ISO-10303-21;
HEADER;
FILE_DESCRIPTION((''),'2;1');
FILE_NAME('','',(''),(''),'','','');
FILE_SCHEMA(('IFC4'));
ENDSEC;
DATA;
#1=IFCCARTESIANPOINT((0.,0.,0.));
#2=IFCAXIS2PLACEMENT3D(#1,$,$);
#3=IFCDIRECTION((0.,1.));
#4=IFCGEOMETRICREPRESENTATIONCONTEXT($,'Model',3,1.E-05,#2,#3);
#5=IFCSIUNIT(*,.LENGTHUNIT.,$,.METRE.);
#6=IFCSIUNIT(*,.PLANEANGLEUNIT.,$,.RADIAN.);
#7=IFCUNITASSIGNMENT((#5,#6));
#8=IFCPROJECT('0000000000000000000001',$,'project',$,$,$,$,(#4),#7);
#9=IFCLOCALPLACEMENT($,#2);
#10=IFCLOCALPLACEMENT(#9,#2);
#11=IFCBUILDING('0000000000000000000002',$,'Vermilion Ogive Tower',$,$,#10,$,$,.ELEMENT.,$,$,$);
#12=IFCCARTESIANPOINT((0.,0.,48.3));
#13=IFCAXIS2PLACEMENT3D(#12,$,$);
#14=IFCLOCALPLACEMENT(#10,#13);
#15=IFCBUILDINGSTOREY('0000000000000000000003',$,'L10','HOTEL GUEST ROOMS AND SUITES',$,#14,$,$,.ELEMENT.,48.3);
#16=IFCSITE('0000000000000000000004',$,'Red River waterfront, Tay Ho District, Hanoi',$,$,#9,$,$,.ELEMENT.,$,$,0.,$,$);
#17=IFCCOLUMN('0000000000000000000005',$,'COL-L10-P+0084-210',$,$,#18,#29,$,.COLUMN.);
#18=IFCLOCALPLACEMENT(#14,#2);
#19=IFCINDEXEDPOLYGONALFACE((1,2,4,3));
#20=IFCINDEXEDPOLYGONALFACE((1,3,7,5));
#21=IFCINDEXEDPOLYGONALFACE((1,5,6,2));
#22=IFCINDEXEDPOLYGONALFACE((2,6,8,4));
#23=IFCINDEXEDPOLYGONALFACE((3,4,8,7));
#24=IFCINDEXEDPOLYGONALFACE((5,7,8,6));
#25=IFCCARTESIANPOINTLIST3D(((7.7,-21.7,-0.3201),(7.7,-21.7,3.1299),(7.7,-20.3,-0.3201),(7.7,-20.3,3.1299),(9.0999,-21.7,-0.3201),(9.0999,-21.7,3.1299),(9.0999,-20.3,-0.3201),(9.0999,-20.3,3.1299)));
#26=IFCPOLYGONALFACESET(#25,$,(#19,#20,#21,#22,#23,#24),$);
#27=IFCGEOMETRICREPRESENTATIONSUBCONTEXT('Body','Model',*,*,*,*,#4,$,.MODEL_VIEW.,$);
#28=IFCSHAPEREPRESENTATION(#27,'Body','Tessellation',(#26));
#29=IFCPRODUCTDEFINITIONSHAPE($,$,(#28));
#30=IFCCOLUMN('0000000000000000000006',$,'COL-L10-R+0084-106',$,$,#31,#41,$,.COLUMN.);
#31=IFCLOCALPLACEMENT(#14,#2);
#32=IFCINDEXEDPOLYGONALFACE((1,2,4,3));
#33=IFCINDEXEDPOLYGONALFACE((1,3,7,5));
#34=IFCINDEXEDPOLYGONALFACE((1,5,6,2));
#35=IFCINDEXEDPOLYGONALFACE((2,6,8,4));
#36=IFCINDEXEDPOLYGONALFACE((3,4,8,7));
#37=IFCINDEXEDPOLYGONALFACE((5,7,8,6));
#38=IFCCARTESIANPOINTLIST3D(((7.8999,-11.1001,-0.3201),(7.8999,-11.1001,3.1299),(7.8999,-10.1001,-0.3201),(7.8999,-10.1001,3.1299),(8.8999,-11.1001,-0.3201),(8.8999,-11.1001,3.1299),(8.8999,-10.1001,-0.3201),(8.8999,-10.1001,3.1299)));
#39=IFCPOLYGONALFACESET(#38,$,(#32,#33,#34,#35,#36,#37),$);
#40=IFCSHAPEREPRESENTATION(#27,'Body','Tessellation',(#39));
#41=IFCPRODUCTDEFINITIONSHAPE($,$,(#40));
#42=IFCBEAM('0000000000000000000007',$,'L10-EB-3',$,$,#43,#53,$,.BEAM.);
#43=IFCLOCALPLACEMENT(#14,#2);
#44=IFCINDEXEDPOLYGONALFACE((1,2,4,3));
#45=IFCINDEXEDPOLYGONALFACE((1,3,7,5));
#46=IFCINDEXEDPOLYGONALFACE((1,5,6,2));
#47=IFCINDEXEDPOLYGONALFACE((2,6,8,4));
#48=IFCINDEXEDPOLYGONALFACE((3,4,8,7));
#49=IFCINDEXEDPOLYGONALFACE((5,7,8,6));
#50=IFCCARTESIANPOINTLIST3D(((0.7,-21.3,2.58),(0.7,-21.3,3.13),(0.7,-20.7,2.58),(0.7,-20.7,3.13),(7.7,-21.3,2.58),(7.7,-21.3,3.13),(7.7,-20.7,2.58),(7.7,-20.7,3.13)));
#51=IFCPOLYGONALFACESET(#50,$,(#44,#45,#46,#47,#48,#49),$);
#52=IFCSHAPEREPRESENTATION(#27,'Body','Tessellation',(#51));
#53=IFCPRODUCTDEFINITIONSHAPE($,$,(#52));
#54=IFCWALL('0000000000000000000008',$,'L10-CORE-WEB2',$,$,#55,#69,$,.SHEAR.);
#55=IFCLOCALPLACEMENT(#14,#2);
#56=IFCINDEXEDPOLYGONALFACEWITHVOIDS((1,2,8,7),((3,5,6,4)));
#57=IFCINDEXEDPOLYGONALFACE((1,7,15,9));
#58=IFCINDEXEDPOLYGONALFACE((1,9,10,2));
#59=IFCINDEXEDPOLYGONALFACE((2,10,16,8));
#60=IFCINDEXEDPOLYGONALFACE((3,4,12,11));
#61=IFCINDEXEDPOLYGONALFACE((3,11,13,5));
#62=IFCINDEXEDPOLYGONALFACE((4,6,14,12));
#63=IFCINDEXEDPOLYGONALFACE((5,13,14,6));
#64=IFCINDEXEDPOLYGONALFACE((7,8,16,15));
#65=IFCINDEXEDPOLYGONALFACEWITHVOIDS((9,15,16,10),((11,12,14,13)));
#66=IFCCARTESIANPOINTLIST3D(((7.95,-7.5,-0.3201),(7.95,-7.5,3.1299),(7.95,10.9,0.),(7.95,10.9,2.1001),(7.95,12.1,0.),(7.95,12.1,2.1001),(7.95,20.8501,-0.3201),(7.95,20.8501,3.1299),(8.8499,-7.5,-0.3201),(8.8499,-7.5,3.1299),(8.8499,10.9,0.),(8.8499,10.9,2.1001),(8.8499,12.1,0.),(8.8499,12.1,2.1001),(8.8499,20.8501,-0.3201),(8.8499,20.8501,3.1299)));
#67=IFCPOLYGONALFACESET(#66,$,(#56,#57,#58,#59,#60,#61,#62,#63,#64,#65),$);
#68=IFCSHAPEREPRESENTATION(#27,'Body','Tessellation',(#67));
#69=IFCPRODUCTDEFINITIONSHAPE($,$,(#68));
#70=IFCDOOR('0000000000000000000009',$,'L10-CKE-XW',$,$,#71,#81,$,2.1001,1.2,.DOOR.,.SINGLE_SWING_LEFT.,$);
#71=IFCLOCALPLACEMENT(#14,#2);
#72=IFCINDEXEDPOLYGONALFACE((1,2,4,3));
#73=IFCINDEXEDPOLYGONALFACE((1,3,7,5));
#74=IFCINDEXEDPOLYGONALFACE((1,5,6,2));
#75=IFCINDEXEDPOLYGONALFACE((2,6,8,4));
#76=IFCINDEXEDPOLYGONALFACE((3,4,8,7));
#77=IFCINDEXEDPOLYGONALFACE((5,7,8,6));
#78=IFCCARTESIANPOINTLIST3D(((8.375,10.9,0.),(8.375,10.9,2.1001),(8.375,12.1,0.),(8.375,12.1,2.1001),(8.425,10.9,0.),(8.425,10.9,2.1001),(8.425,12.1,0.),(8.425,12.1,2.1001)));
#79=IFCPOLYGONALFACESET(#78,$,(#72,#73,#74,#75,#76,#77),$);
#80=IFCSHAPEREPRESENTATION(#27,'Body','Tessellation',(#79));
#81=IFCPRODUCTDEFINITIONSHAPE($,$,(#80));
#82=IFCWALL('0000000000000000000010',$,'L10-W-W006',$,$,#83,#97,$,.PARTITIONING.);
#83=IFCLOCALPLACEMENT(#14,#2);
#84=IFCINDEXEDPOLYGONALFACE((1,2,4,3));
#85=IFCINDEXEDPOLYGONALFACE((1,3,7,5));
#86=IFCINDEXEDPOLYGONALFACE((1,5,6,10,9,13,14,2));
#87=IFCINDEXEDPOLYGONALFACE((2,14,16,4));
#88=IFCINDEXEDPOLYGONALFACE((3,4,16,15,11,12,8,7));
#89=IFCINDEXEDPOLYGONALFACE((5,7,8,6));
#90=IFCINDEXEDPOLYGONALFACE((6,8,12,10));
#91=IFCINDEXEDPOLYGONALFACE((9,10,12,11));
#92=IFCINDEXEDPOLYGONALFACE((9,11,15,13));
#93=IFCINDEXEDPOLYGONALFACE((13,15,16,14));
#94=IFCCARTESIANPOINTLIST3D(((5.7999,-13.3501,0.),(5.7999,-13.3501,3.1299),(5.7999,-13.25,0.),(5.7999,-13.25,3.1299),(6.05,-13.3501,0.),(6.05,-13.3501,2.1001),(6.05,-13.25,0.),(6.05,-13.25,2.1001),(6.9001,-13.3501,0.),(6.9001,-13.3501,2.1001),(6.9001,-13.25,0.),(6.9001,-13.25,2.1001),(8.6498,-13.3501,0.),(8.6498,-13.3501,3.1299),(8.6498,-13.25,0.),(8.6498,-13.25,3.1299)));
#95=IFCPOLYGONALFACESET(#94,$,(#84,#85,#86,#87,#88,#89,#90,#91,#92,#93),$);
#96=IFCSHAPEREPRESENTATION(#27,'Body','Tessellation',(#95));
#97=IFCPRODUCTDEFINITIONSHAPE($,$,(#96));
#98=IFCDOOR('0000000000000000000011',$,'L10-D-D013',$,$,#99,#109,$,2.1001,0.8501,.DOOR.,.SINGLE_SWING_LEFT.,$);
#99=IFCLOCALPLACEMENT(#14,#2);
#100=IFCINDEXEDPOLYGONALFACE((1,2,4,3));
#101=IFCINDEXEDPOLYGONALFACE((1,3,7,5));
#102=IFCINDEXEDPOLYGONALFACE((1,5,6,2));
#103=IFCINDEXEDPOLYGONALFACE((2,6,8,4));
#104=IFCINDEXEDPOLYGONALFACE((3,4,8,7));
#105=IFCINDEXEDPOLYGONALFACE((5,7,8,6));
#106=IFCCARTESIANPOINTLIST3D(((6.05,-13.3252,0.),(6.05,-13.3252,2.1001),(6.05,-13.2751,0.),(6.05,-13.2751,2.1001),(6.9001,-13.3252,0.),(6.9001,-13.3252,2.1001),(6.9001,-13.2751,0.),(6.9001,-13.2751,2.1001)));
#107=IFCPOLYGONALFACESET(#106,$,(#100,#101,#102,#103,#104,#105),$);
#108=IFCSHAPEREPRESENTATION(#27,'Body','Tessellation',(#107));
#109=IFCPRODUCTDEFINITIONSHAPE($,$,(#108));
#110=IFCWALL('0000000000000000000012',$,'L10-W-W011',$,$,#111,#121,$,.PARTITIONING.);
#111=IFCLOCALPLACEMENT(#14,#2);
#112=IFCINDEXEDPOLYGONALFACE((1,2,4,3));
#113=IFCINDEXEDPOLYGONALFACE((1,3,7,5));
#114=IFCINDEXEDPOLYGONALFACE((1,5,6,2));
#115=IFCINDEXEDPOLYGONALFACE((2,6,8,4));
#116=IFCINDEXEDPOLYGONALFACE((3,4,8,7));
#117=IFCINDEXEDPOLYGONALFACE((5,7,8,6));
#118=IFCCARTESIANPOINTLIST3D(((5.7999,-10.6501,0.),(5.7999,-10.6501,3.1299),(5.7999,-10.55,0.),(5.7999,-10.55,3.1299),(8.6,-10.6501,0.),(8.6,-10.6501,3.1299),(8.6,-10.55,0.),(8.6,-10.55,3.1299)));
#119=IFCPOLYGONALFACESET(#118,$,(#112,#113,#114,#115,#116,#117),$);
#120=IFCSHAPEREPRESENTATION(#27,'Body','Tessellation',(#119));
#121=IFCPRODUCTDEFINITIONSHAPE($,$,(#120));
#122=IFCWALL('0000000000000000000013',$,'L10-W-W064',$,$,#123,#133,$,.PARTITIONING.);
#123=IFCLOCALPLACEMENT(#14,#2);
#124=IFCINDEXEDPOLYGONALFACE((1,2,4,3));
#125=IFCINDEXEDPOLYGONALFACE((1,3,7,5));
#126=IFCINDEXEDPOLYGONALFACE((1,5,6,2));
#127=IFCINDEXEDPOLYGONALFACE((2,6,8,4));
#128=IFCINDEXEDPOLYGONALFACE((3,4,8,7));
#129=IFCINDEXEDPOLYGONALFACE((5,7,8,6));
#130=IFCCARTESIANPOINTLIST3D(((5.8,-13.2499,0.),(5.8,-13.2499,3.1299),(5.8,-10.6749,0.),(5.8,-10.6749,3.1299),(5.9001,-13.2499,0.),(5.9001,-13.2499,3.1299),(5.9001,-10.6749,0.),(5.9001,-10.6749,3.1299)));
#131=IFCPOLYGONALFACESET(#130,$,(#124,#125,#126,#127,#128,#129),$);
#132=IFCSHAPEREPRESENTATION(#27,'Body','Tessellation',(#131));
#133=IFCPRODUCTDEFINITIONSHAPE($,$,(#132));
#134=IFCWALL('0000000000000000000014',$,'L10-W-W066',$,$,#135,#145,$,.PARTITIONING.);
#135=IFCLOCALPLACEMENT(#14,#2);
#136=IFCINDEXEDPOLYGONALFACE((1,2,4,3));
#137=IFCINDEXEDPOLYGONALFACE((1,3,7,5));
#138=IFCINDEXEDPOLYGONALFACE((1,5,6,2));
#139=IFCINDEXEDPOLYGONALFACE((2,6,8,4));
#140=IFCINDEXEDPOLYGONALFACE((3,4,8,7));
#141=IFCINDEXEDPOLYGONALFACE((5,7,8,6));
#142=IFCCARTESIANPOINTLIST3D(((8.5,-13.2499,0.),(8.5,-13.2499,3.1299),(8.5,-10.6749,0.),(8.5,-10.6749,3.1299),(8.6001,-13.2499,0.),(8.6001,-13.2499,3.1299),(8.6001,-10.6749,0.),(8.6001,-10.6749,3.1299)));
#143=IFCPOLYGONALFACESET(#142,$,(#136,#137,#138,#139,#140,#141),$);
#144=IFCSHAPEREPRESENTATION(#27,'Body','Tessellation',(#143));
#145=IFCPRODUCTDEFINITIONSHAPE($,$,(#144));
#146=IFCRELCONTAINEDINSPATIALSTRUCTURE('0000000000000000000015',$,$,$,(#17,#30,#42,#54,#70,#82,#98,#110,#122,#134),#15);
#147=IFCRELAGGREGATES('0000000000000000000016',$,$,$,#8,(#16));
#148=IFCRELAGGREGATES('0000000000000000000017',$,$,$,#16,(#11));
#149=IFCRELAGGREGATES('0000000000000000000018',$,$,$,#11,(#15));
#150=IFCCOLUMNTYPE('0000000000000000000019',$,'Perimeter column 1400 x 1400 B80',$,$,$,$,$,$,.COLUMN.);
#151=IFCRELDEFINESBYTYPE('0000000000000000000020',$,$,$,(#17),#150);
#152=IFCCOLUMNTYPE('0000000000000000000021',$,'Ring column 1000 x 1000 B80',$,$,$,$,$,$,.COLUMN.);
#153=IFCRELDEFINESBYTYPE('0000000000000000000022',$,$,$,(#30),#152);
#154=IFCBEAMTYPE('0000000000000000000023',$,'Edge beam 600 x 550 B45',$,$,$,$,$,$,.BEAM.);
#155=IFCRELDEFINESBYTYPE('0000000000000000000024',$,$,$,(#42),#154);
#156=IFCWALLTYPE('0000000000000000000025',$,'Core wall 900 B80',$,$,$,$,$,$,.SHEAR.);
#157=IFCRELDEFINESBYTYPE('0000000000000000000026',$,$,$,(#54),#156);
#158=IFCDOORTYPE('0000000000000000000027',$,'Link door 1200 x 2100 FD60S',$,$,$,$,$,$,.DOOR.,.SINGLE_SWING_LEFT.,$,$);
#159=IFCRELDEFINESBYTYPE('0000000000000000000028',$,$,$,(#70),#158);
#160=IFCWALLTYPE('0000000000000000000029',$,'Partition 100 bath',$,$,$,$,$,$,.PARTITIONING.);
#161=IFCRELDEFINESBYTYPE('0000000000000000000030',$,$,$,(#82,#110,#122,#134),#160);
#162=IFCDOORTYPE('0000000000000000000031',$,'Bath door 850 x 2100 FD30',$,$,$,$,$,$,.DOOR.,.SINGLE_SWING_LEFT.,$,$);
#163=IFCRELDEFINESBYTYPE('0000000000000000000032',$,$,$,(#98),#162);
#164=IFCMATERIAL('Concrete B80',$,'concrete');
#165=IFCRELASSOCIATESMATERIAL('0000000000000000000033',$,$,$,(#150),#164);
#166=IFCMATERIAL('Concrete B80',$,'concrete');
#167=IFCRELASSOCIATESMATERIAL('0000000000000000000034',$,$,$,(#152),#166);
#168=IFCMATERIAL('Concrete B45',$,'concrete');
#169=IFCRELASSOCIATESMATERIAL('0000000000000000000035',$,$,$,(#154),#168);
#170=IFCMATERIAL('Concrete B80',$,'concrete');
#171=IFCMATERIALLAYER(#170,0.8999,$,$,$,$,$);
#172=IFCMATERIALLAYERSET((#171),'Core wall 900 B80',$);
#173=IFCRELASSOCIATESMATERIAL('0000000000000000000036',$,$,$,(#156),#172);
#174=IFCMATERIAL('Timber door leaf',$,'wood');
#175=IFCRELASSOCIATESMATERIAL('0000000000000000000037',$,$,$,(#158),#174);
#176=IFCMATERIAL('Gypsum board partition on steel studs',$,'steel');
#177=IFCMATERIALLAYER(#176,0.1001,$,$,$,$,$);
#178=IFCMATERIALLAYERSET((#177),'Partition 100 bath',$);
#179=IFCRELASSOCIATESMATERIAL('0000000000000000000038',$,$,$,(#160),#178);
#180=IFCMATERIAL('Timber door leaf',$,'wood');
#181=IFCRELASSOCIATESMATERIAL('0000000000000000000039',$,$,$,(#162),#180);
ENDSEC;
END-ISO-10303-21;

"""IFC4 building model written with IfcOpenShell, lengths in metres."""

from ifc_helpers import new_model, si_unit, direction, frame, frame_2d, origin, origin_2d, place, context, subcontext, project, spatial, rectangle, extrude, material, layer, layer_set, material_profile, profile_set, type_object, element, fill, save


model = new_model("IFC4")

# Units and contexts
model_context = context("Model", 3, precision=1e-05, world=origin(), true_north=direction((0.0, 1.0)))
body_context = subcontext(model_context, "Body", "Model", "MODEL_VIEW")
ifc_project = project(units=[si_unit("LENGTHUNIT", "METRE"), si_unit("PLANEANGLEUNIT", "RADIAN")], contexts=[model_context])

# Site, building, storey
site_placement = place(None, origin())
site = spatial("IfcSite", under=ifc_project, at=site_placement, Name="Red River waterfront, Tay Ho District, Hanoi", CompositionType="ELEMENT", RefElevation=0.0)
building_placement = place(site_placement, origin())
building = spatial("IfcBuilding", under=site, at=building_placement, Name="Vermilion Ogive Tower", CompositionType="ELEMENT")
storey_placement = place(building_placement, frame((0.0, 0.0, 48.3)))
storey = spatial("IfcBuildingStorey", under=building, at=storey_placement, Name="L10", Description="HOTEL GUEST ROOMS AND SUITES", CompositionType="ELEMENT", Elevation=48.3)

# Columns
ifc_material_1 = material(Name="Concrete B80", Category="concrete")
ifc_material_profile_1 = material_profile(ifc_material_1, rectangle(XDim=1.3999, YDim=1.3999, at=origin_2d()), Name="1400 x 1400")
ifc_profile_set_1 = profile_set([ifc_material_profile_1], Name="Concrete B80")
column_type_1 = type_object("IfcColumnType", Name="Perimeter column 1400 x 1400 B80", PredefinedType="COLUMN", material=ifc_profile_set_1)
column_1_placement = place(storey_placement, frame((8.3999, -21.0, -0.3201), z_axis=(0.0, 0.0, 1.0), x_axis=(1.0, 0.0, 0.0)))
element("IfcColumn", 1, at=column_1_placement, inside=storey, type_object=column_type_1, Name="COL-L10-P+0084-210", PredefinedType="COLUMN", context=body_context, shape_type="SweptSolid", body=[
    extrude(rectangle(XDim=1.3999, YDim=1.3999, at=origin_2d()), origin(), (0.0, 0.0, 1.0), 3.45),
])
ifc_material_2 = material(Name="Concrete B80", Category="concrete")
ifc_material_profile_2 = material_profile(ifc_material_2, rectangle(XDim=1.0, YDim=1.0, at=origin_2d()), Name="1000 x 1000")
ifc_profile_set_2 = profile_set([ifc_material_profile_2], Name="Concrete B80")
column_type_2 = type_object("IfcColumnType", Name="Ring column 1000 x 1000 B80", PredefinedType="COLUMN", material=ifc_profile_set_2)
column_2_placement = place(storey_placement, frame((8.3999, -10.6001, -0.3201), z_axis=(0.0, 0.0, 1.0), x_axis=(1.0, 0.0, 0.0)))
element("IfcColumn", 2, at=column_2_placement, inside=storey, type_object=column_type_2, Name="COL-L10-R+0084-106", PredefinedType="COLUMN", context=body_context, shape_type="SweptSolid", body=[
    extrude(rectangle(XDim=1.0, YDim=1.0, at=origin_2d()), origin(), (0.0, 0.0, 1.0), 3.45),
])

# Beam
ifc_material_3 = material(Name="Concrete B45", Category="concrete")
ifc_material_profile_3 = material_profile(ifc_material_3, rectangle(XDim=0.6001, YDim=0.55, at=origin_2d()), Name="600 x 550")
ifc_profile_set_3 = profile_set([ifc_material_profile_3], Name="Concrete B45")
beam_type = type_object("IfcBeamType", Name="Edge beam 600 x 550 B45", PredefinedType="BEAM", material=ifc_profile_set_3)
beam_placement = place(storey_placement, frame((0.7, -21.0, 2.855), z_axis=(1.0, 0.0, 0.0), x_axis=(0.0, 1.0, 0.0)))
element("IfcBeam", 3, at=beam_placement, inside=storey, type_object=beam_type, Name="L10-EB-3", PredefinedType="BEAM", context=body_context, shape_type="SweptSolid", body=[
    extrude(rectangle(XDim=0.6001, YDim=0.55, at=origin_2d()), origin(), (0.0, 0.0, 1.0), 7.0),
])

# Walls, openings, doors
ifc_material_4 = material(Name="Concrete B80", Category="concrete")
ifc_layer_1 = layer(ifc_material_4, 0.8999)
ifc_layer_set_1 = layer_set([ifc_layer_1], Name="Core wall 900 B80")
wall_type_1 = type_object("IfcWallType", Name="Core wall 900 B80", PredefinedType="SHEAR", material=ifc_layer_set_1)
wall_1_placement = place(storey_placement, frame((8.3999, -7.5, -0.3201), z_axis=(0.0, 0.0, 1.0), x_axis=(0.0, 1.0, 0.0)))
wall_1 = element("IfcWall", 4, at=wall_1_placement, inside=storey, type_object=wall_type_1, Name="L10-CORE-WEB2", PredefinedType="SHEAR", context=body_context, shape_type="SweptSolid", body=[
    extrude(rectangle(XDim=28.3501, YDim=0.8999, at=frame_2d((14.175, 0.0))), origin(), (0.0, 0.0, 1.0), 3.45),
])
opening_1_placement = place(wall_1_placement, frame((18.3999, 0.0, 0.3201)))
opening_1 = element("IfcOpeningElement", 5, at=opening_1_placement, cuts=wall_1, PredefinedType="OPENING", context=body_context, shape_type="SweptSolid", body=[
    extrude(rectangle(XDim=1.2, YDim=2.1001, at=frame_2d((0.6001, 1.05))), frame((0.0, 0.46, 0.0), z_axis=(0.0, -1.0, 0.0), x_axis=(1.0, 0.0, 0.0)), (0.0, 0.0, 1.0), 0.9199),
])
ifc_material_5 = material(Name="Timber door leaf", Category="wood")
door_type_1 = type_object("IfcDoorType", Name="Link door 1200 x 2100 FD60S", OperationType="SINGLE_SWING_LEFT", PredefinedType="DOOR", material=ifc_material_5)
door_1_placement = place(opening_1_placement, origin())
door_1 = element("IfcDoor", 6, at=door_1_placement, inside=storey, type_object=door_type_1, Name="L10-CKE-XW", OperationType="SINGLE_SWING_LEFT", OverallHeight=2.1001, OverallWidth=1.2, PredefinedType="DOOR", context=body_context, shape_type="SweptSolid", body=[
    extrude(rectangle(XDim=1.2, YDim=2.1001, at=frame_2d((0.6001, 1.05))), frame((0.0, 0.0249, 0.0), z_axis=(0.0, -1.0, 0.0), x_axis=(1.0, 0.0, 0.0)), (0.0, 0.0, 1.0), 0.05),
])
fill(opening_1, door_1)
ifc_material_6 = material(Name="Gypsum board partition on steel studs", Category="steel")
ifc_layer_2 = layer(ifc_material_6, 0.1001)
ifc_layer_set_2 = layer_set([ifc_layer_2], Name="Partition 100 bath")
wall_type_2 = type_object("IfcWallType", Name="Partition 100 bath", PredefinedType="PARTITIONING", material=ifc_layer_set_2)
wall_2_placement = place(storey_placement, frame((5.8, -13.3, 0.0), z_axis=(0.0, 0.0, 1.0), x_axis=(1.0, 0.0, 0.0)))
wall_2 = element("IfcWall", 7, at=wall_2_placement, inside=storey, type_object=wall_type_2, Name="L10-W-W006", PredefinedType="PARTITIONING", context=body_context, shape_type="SweptSolid", body=[
    extrude(rectangle(XDim=2.8499, YDim=0.1001, at=frame_2d((1.4248, 0.0))), origin(), (0.0, 0.0, 1.0), 3.1299),
])
opening_2_placement = place(wall_2_placement, frame((0.25, 0.0, 0.0)))
opening_2 = element("IfcOpeningElement", 8, at=opening_2_placement, cuts=wall_2, PredefinedType="OPENING", context=body_context, shape_type="SweptSolid", body=[
    extrude(rectangle(XDim=0.8501, YDim=2.1001, at=frame_2d((0.425, 1.05))), frame((0.0, 0.0601, 0.0), z_axis=(0.0, -1.0, 0.0), x_axis=(1.0, 0.0, 0.0)), (0.0, 0.0, 1.0), 0.1201),
])
ifc_material_7 = material(Name="Timber door leaf", Category="wood")
door_type_2 = type_object("IfcDoorType", Name="Bath door 850 x 2100 FD30", OperationType="SINGLE_SWING_LEFT", PredefinedType="DOOR", material=ifc_material_7)
door_2_placement = place(opening_2_placement, origin())
door_2 = element("IfcDoor", 9, at=door_2_placement, inside=storey, type_object=door_type_2, Name="L10-D-D013", OperationType="SINGLE_SWING_LEFT", OverallHeight=2.1001, OverallWidth=0.8501, PredefinedType="DOOR", context=body_context, shape_type="SweptSolid", body=[
    extrude(rectangle(XDim=0.8501, YDim=2.1001, at=frame_2d((0.425, 1.05))), frame((0.0, 0.0249, 0.0), z_axis=(0.0, -1.0, 0.0), x_axis=(1.0, 0.0, 0.0)), (0.0, 0.0, 1.0), 0.05),
])
fill(opening_2, door_2)

# Walls
wall_3_placement = place(storey_placement, frame((5.8, -10.6001, 0.0), z_axis=(0.0, 0.0, 1.0), x_axis=(1.0, 0.0, 0.0)))
element("IfcWall", 10, at=wall_3_placement, inside=storey, type_object=wall_type_2, Name="L10-W-W011", PredefinedType="PARTITIONING", context=body_context, shape_type="SweptSolid", body=[
    extrude(rectangle(XDim=2.8, YDim=0.1001, at=frame_2d((1.3999, 0.0))), origin(), (0.0, 0.0, 1.0), 3.1299),
])
for number, where, z_axis, x_axis, name in (
    (11, (5.8501, -13.25, 0.0), (0.0, 0.0, 1.0), (0.0, 1.0, 0.0), "L10-W-W064"),
    (12, (8.55, -13.25, 0.0), (0.0, 0.0, 1.0), (0.0, 1.0, 0.0), "L10-W-W066"),
):
    element("IfcWall", number, at=place(storey_placement, frame(where, z_axis=z_axis, x_axis=x_axis)), inside=storey, type_object=wall_type_2, Name=name, PredefinedType="PARTITIONING", context=body_context, shape_type="SweptSolid", body=[
        extrude(rectangle(XDim=2.575, YDim=0.1001, at=frame_2d((1.2876, 0.0))), origin(), (0.0, 0.0, 1.0), 3.1299),
    ])

save(model, "model.ifc")
